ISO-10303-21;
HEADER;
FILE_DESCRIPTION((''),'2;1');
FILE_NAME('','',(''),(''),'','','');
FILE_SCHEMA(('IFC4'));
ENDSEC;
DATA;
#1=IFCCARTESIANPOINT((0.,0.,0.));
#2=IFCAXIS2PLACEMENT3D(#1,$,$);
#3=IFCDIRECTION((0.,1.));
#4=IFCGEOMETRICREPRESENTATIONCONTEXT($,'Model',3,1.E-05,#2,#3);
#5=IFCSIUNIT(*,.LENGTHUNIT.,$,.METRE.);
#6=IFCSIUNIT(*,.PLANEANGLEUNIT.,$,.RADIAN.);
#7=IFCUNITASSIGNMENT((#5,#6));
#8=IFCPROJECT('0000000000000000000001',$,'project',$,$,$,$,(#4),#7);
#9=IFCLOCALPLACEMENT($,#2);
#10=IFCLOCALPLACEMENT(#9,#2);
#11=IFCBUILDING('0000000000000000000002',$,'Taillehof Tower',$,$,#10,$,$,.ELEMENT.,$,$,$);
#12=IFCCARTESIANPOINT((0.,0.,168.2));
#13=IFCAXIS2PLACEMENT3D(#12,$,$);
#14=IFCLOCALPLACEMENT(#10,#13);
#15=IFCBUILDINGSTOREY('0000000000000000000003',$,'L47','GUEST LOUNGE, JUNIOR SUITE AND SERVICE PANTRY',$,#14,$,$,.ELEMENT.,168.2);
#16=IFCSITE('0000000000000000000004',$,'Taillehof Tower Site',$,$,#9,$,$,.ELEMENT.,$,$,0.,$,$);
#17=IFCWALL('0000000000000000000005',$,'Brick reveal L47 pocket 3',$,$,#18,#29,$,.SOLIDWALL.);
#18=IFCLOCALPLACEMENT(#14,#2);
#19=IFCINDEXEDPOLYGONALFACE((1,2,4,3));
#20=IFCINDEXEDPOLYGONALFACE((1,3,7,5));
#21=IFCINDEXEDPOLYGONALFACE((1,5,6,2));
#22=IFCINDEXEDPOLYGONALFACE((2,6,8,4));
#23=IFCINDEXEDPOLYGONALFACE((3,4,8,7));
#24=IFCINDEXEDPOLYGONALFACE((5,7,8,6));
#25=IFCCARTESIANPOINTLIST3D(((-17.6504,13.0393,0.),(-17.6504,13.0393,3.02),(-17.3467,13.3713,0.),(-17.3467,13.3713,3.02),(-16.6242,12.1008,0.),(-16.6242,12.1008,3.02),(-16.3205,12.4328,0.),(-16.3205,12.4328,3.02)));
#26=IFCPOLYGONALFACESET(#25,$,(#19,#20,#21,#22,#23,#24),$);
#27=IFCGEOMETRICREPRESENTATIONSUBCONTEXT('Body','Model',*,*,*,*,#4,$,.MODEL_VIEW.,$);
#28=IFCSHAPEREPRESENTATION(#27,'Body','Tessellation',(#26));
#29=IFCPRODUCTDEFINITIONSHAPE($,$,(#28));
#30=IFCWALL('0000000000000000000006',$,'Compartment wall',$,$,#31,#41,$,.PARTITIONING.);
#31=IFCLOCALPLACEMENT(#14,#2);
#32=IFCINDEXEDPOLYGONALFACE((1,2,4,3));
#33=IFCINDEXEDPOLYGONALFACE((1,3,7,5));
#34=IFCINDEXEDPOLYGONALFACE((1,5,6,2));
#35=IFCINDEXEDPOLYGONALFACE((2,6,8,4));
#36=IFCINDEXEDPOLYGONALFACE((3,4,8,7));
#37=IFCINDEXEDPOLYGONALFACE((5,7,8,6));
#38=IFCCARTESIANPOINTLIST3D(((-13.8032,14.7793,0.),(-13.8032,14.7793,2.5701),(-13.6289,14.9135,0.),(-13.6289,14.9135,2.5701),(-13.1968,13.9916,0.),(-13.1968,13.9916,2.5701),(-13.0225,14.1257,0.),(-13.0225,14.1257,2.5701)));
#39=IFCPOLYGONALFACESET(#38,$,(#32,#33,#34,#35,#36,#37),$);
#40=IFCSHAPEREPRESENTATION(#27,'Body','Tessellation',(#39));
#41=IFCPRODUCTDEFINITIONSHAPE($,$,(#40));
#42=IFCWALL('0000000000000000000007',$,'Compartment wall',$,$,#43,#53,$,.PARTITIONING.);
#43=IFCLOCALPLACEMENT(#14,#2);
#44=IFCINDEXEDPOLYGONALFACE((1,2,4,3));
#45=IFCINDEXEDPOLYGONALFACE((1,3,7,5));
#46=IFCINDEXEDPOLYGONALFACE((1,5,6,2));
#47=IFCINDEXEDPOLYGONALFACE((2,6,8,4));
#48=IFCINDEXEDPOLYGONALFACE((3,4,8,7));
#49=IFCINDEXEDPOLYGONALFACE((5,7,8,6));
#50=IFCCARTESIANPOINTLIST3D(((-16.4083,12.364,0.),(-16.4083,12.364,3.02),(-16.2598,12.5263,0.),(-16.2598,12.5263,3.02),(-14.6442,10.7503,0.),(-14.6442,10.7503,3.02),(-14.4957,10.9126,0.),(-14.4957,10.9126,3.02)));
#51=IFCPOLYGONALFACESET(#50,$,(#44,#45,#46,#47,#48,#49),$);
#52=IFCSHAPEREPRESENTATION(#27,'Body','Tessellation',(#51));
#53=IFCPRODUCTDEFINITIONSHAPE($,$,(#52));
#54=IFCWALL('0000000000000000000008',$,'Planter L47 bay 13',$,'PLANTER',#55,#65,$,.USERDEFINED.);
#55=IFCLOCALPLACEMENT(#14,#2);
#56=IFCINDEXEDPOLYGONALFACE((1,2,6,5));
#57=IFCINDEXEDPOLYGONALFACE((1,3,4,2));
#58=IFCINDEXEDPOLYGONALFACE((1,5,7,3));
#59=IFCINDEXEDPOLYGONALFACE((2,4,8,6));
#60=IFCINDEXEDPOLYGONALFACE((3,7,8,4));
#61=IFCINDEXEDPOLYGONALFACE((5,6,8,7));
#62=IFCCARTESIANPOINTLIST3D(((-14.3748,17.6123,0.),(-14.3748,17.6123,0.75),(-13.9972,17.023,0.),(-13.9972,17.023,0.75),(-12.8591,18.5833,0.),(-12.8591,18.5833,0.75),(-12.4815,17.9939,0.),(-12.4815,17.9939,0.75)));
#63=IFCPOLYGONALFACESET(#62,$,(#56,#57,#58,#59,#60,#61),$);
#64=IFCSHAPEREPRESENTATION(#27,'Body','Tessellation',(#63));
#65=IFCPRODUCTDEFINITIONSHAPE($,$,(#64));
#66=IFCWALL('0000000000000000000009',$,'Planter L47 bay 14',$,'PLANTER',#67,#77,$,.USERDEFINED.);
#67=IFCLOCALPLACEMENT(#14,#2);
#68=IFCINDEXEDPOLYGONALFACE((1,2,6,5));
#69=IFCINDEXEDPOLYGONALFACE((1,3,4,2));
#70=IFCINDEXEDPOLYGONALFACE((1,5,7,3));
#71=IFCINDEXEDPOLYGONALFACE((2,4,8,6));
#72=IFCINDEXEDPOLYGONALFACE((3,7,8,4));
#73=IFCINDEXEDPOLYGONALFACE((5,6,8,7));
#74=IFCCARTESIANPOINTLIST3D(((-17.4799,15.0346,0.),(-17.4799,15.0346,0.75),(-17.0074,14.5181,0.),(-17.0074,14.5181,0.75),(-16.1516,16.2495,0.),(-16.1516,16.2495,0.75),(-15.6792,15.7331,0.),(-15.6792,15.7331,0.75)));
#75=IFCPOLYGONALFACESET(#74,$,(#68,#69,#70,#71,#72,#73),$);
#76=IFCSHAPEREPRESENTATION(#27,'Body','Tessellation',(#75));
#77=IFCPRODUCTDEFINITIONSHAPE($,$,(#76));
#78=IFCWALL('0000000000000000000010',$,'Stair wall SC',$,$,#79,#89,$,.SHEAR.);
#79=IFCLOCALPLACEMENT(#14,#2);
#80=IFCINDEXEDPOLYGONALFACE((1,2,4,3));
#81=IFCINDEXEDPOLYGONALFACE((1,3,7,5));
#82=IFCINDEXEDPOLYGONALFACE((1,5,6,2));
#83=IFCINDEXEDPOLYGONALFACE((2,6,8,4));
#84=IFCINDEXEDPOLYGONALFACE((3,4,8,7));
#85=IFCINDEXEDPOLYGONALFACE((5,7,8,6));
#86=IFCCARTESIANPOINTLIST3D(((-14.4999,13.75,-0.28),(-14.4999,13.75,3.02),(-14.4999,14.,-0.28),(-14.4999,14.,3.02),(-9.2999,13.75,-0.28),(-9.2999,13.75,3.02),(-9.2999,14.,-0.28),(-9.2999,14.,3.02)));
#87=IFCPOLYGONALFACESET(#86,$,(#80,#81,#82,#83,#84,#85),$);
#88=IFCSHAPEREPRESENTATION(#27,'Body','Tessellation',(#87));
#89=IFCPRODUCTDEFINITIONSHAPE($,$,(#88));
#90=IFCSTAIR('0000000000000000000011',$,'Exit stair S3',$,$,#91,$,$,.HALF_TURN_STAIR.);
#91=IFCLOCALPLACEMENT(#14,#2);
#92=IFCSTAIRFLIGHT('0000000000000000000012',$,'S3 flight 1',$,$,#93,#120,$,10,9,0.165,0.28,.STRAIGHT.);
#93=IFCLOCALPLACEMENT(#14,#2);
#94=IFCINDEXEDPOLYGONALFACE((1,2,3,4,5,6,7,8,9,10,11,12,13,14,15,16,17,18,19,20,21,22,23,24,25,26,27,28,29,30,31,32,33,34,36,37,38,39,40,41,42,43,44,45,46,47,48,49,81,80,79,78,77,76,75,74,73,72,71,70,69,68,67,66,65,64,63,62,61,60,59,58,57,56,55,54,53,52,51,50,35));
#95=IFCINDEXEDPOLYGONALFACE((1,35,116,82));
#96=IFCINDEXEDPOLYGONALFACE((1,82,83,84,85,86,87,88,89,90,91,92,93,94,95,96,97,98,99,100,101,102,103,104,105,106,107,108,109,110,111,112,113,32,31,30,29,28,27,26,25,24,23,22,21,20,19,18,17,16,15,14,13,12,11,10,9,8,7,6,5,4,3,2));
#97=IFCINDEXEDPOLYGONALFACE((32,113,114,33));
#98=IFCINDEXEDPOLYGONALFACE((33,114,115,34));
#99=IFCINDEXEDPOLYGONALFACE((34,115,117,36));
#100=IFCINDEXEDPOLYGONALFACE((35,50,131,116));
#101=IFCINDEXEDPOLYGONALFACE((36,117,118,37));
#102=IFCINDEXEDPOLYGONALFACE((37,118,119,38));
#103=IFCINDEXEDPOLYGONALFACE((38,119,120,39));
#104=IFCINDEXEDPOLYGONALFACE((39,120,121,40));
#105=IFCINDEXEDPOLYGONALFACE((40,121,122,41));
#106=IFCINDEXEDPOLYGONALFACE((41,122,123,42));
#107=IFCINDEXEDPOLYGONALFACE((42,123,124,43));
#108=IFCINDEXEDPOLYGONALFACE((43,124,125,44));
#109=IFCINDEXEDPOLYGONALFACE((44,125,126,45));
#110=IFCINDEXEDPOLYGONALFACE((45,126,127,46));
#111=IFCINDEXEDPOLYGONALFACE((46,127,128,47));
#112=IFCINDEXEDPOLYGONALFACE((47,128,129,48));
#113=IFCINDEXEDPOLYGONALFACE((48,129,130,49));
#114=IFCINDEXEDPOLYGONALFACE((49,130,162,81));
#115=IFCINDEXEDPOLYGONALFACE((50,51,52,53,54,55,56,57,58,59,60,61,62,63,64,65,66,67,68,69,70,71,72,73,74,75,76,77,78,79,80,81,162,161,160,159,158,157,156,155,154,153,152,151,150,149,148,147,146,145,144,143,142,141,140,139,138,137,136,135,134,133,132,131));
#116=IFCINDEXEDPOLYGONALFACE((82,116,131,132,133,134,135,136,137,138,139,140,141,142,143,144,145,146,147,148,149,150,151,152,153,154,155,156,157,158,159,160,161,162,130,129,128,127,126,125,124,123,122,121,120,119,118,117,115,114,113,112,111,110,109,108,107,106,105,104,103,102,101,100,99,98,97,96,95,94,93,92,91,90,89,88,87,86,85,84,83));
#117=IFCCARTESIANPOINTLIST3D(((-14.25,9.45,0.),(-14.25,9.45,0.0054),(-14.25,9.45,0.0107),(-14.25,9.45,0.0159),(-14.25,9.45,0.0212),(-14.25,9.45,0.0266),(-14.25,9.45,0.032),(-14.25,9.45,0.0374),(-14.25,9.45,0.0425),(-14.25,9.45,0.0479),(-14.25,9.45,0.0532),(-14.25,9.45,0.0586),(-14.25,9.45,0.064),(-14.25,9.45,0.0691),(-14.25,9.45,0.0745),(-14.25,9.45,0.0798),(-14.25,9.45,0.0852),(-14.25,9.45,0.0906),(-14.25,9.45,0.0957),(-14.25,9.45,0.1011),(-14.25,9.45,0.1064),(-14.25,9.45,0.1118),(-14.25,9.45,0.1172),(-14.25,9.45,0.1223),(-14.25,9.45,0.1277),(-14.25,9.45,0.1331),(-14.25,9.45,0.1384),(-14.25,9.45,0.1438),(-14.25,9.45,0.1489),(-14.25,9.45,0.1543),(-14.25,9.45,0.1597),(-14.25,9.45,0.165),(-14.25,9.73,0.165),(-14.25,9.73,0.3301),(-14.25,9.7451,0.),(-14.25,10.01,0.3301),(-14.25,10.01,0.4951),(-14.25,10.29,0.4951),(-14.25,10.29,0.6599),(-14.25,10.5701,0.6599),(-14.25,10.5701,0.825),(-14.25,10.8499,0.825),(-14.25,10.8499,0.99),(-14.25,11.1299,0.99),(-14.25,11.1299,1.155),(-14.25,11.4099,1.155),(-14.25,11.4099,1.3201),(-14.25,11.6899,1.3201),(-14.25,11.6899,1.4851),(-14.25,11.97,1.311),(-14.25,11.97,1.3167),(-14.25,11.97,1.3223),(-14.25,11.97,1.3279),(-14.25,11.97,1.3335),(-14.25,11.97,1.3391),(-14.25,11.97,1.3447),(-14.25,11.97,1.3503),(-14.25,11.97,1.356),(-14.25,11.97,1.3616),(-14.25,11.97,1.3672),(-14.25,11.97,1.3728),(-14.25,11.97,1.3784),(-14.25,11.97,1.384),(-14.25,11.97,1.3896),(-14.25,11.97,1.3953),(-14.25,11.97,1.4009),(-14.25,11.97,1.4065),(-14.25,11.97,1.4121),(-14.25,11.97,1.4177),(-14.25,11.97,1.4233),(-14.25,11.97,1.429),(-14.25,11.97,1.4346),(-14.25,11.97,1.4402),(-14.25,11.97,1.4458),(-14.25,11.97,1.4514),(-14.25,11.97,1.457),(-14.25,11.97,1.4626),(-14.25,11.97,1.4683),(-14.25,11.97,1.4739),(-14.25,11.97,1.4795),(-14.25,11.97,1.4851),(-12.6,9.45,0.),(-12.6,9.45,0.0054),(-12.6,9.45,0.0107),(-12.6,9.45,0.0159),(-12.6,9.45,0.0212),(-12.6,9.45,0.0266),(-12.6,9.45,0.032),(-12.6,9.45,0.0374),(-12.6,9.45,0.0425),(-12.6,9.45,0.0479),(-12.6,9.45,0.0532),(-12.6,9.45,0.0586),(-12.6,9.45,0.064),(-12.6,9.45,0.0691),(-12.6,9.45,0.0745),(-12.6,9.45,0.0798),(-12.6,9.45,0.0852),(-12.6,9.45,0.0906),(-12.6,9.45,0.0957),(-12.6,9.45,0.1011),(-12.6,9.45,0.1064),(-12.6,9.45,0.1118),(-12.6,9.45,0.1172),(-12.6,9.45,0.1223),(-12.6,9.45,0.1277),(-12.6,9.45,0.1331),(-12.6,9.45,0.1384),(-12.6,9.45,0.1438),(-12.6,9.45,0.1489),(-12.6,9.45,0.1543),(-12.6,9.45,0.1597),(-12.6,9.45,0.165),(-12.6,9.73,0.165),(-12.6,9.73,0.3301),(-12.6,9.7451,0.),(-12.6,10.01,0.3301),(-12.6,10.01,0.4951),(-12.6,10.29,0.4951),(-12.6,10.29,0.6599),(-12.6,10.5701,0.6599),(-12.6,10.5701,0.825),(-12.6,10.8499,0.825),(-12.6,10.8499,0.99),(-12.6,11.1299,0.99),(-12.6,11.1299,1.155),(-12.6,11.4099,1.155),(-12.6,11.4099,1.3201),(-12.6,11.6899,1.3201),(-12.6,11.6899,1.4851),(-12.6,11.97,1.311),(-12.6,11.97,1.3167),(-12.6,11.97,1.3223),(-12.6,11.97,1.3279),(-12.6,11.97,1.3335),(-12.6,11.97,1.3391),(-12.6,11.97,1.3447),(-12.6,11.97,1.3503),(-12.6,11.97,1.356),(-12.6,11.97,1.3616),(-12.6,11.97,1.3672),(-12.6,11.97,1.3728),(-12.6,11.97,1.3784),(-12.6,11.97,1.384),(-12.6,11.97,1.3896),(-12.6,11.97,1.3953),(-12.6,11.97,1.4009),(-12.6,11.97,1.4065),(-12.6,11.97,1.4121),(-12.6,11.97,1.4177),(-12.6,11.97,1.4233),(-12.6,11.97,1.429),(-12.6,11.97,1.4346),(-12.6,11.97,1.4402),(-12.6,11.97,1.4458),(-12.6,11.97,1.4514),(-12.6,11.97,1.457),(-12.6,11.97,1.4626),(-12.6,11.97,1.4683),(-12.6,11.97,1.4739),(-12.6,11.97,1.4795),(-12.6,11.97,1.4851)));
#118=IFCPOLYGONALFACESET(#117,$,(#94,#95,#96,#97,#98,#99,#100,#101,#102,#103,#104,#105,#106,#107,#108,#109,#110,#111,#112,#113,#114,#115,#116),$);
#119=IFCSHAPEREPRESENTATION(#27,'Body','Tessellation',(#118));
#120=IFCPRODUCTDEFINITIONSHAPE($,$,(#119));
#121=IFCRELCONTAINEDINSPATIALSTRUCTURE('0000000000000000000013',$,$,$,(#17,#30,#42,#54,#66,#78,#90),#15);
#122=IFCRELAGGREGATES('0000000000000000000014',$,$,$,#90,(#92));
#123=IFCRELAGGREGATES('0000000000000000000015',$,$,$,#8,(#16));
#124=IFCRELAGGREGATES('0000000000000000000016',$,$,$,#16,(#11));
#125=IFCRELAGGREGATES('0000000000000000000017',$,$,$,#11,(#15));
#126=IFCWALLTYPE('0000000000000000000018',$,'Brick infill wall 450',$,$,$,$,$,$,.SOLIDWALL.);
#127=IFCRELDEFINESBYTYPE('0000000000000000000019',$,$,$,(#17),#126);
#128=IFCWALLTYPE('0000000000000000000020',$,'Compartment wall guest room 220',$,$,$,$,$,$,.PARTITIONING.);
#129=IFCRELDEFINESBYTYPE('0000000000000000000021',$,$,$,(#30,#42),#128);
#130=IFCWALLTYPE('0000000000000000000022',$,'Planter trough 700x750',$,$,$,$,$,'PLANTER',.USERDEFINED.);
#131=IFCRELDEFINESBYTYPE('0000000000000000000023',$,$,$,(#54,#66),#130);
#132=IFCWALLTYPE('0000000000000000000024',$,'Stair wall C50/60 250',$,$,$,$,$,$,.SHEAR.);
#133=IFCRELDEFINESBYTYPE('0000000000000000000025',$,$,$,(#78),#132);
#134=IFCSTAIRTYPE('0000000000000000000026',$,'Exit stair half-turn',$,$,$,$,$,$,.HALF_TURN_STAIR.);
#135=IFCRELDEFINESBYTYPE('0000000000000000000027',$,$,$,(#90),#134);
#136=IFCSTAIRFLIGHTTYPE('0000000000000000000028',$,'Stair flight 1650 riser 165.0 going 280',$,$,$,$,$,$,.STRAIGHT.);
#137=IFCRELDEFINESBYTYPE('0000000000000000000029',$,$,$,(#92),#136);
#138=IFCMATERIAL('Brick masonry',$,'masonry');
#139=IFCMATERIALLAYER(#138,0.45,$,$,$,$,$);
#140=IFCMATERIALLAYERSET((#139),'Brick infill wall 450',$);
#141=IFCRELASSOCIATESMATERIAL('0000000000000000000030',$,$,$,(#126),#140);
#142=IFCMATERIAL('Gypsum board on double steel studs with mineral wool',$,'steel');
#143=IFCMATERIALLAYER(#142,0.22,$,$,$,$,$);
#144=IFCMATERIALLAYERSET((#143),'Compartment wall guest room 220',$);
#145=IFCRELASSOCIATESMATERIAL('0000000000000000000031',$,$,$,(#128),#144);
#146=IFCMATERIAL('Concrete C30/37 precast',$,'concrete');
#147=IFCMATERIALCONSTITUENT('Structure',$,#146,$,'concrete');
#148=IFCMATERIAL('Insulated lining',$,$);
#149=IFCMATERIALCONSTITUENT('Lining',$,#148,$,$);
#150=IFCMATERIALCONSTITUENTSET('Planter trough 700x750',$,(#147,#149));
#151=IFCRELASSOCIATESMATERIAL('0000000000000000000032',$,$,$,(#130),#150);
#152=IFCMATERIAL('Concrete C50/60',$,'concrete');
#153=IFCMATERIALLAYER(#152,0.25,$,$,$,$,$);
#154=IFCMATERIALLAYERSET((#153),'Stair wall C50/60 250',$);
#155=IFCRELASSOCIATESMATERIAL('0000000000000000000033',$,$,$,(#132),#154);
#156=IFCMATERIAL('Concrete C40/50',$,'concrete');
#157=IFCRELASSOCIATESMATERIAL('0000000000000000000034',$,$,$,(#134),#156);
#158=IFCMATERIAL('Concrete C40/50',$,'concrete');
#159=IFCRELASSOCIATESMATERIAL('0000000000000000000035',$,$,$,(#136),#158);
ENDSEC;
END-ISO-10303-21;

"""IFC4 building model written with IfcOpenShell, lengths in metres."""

from ifc_helpers import new_model, si_unit, direction, frame, frame_2d, origin, place, context, subcontext, project, spatial, polyline, rectangle, outline, extrude, material, layer, layer_set, constituent, constituent_set, type_object, element, aggregate, save


model = new_model("IFC4")

# Units and contexts
model_context = context("Model", 3, precision=1e-05, world=origin(), true_north=direction((0.0, 1.0)))
body_context = subcontext(model_context, "Body", "Model", "MODEL_VIEW")
ifc_project = project(units=[si_unit("LENGTHUNIT", "METRE"), si_unit("PLANEANGLEUNIT", "RADIAN")], contexts=[model_context])

# Site, building, storey
site_placement = place(None, origin())
site = spatial("IfcSite", under=ifc_project, at=site_placement, Name="Taillehof Tower Site", CompositionType="ELEMENT", RefElevation=0.0)
building_placement = place(site_placement, origin())
building = spatial("IfcBuilding", under=site, at=building_placement, Name="Taillehof Tower", CompositionType="ELEMENT")
storey_placement = place(building_placement, frame((0.0, 0.0, 168.2)))
storey = spatial("IfcBuildingStorey", under=building, at=storey_placement, Name="L47", Description="GUEST LOUNGE, JUNIOR SUITE AND SERVICE PANTRY", CompositionType="ELEMENT", Elevation=168.2)

# Shared definitions
ifc_material_1 = material(Name="Brick masonry", Category="masonry")
ifc_layer_1 = layer(ifc_material_1, 0.45)
ifc_layer_set_1 = layer_set([ifc_layer_1], Name="Brick infill wall 450")
wall_type_1 = type_object("IfcWallType", Name="Brick infill wall 450", PredefinedType="SOLIDWALL", material=ifc_layer_set_1)

# Wall
wall_1_placement = place(storey_placement, frame((-17.4985, 13.2053, 0.0), z_axis=(0.0, 0.0, 1.0), x_axis=(0.737919, -0.674889, 0.0)))
element("IfcWall", 1, at=wall_1_placement, inside=storey, type_object=wall_type_1, Name="Brick reveal L47 pocket 3", PredefinedType="SOLIDWALL", context=body_context, shape_type="SweptSolid", body=[
    extrude(rectangle(XDim=1.3906, YDim=0.45, at=frame_2d((0.6953, 0.0))), origin(), (0.0, 0.0, 1.0), 3.02),
])

# Walls
ifc_material_2 = material(Name="Gypsum board on double steel studs with mineral wool", Category="steel")
ifc_layer_2 = layer(ifc_material_2, 0.22)
ifc_layer_set_2 = layer_set([ifc_layer_2], Name="Compartment wall guest room 220")
wall_type_2 = type_object("IfcWallType", Name="Compartment wall guest room 220", PredefinedType="PARTITIONING", material=ifc_layer_set_2)
wall_2_placement = place(storey_placement, frame((-13.7161, 14.8464, 0.0), z_axis=(0.0, 0.0, 1.0), x_axis=(0.609972, -0.792423, 0.0)))
element("IfcWall", 2, at=wall_2_placement, inside=storey, type_object=wall_type_2, Name="Compartment wall", PredefinedType="PARTITIONING", context=body_context, shape_type="SweptSolid", body=[
    extrude(rectangle(XDim=0.9941, YDim=0.22, at=frame_2d((0.4971, 0.0))), origin(), (0.0, 0.0, 1.0), 2.5701),
])
wall_3_placement = place(storey_placement, frame((-16.334, 12.4451, 0.0), z_axis=(0.0, 0.0, 1.0), x_axis=(0.737857, -0.674957, 0.0)))
element("IfcWall", 3, at=wall_3_placement, inside=storey, type_object=wall_type_2, Name="Compartment wall", PredefinedType="PARTITIONING", context=body_context, shape_type="SweptSolid", body=[
    extrude(rectangle(XDim=2.3909, YDim=0.22, at=frame_2d((1.1953, 0.0))), origin(), (0.0, 0.0, 1.0), 3.02),
])
ifc_material_3 = material(Name="Concrete C30/37 precast", Category="concrete")
ifc_constituent_1 = constituent(ifc_material_3, Name="Structure", Category="concrete")
ifc_material_4 = material(Name="Insulated lining")
ifc_constituent_2 = constituent(ifc_material_4, Name="Lining")
ifc_constituent_set = constituent_set(constituents=[ifc_constituent_1, ifc_constituent_2], Name="Planter trough 700x750")
wall_type_3 = type_object("IfcWallType", Name="Planter trough 700x750", ElementType="PLANTER", PredefinedType="USERDEFINED", material=ifc_constituent_set)
for number, where, z_axis, x_axis, name in (
    (4, (-12.6704, 18.2886, 0.0), (0.0, 0.0, 1.0), (-0.842032, -0.539427, 0.0), "Planter L47 bay 13"),
    (5, (-15.9155, 15.9912, 0.0), (0.0, 0.0, 1.0), (-0.737874, -0.674938, 0.0), "Planter L47 bay 14"),
):
    element("IfcWall", number, at=place(storey_placement, frame(where, z_axis=z_axis, x_axis=x_axis)), inside=storey, type_object=wall_type_3, Name=name, ObjectType="PLANTER", PredefinedType="USERDEFINED", context=body_context, shape_type="SweptSolid", body=[
        extrude(rectangle(XDim=1.8, YDim=0.7, at=frame_2d((0.8999, 0.0))), origin(), (0.0, 0.0, 1.0), 0.75),
    ])
ifc_material_5 = material(Name="Concrete C50/60", Category="concrete")
ifc_layer_3 = layer(ifc_material_5, 0.25)
ifc_layer_set_3 = layer_set([ifc_layer_3], Name="Stair wall C50/60 250")
wall_type_4 = type_object("IfcWallType", Name="Stair wall C50/60 250", PredefinedType="SHEAR", material=ifc_layer_set_3)
wall_4_placement = place(storey_placement, frame((-14.5, 13.875, -0.28), z_axis=(0.0, 0.0, 1.0), x_axis=(1.0, 0.0, 0.0)))
element("IfcWall", 6, at=wall_4_placement, inside=storey, type_object=wall_type_4, Name="Stair wall SC", PredefinedType="SHEAR", context=body_context, shape_type="SweptSolid", body=[
    extrude(rectangle(XDim=5.2, YDim=0.25, at=frame_2d((2.6001, 0.0))), origin(), (0.0, 0.0, 1.0), 3.3),
])

# Stair, stair flight
ifc_material_6 = material(Name="Concrete C40/50", Category="concrete")
stair_type = type_object("IfcStairType", Name="Exit stair half-turn", PredefinedType="HALF_TURN_STAIR", material=ifc_material_6)
stair_placement = place(storey_placement, origin())
stair = element("IfcStair", 7, at=stair_placement, inside=storey, type_object=stair_type, Name="Exit stair S3", PredefinedType="HALF_TURN_STAIR")
ifc_material_7 = material(Name="Concrete C40/50", Category="concrete")
stair_flight_type = type_object("IfcStairFlightType", Name="Stair flight 1650 riser 165.0 going 280", PredefinedType="STRAIGHT", material=ifc_material_7)
stair_flight_placement = place(storey_placement, frame((-13.425, 9.45, 0.0), z_axis=(0.0, 0.0, 1.0), x_axis=(0.0, 1.0, 0.0)))
stair_flight = element("IfcStairFlight", 8, at=stair_flight_placement, type_object=stair_flight_type, Name="S3 flight 1", NumberOfRisers=10, NumberOfTreads=9, PredefinedType="STRAIGHT", RiserHeight=0.165, TreadLength=0.28, context=body_context, shape_type="SweptSolid", body=[
    extrude(outline(polyline([(0.0, 0.0), (0.0, 0.0054), (0.0, 0.0107), (0.0, 0.0159), (0.0, 0.0212), (0.0, 0.0266), (0.0, 0.032), (0.0, 0.0374), (0.0, 0.0425), (0.0, 0.0479), (0.0, 0.0532), (0.0, 0.0586), (0.0, 0.064), (0.0, 0.0691), (0.0, 0.0745), (0.0, 0.0798), (0.0, 0.0852), (0.0, 0.0906), (0.0, 0.0957), (0.0, 0.1011), (0.0, 0.1064), (0.0, 0.1118), (0.0, 0.1172), (0.0, 0.1223), (0.0, 0.1277), (0.0, 0.1331), (0.0, 0.1384), (0.0, 0.1438), (0.0, 0.1489), (0.0, 0.1543), (0.0, 0.1597), (0.0, 0.165), (0.28, 0.165), (0.28, 0.3301), (0.5601, 0.3301), (0.5601, 0.4951), (0.8401, 0.4951), (0.8401, 0.6599), (1.1201, 0.6599), (1.1201, 0.825), (1.3999, 0.825), (1.3999, 0.99), (1.6799, 0.99), (1.6799, 1.155), (1.96, 1.155), (1.96, 1.3201), (2.24, 1.3201), (2.24, 1.4851), (2.52, 1.4851), (2.52, 1.4795), (2.52, 1.4739), (2.52, 1.4683), (2.52, 1.4626), (2.52, 1.457), (2.52, 1.4514), (2.52, 1.4458), (2.52, 1.4402), (2.52, 1.4346), (2.52, 1.429), (2.52, 1.4233), (2.52, 1.4177), (2.52, 1.4121), (2.52, 1.4065), (2.52, 1.4009), (2.52, 1.3953), (2.52, 1.3896), (2.52, 1.384), (2.52, 1.3784), (2.52, 1.3728), (2.52, 1.3672), (2.52, 1.3616), (2.52, 1.356), (2.52, 1.3503), (2.52, 1.3447), (2.52, 1.3391), (2.52, 1.3335), (2.52, 1.3279), (2.52, 1.3223), (2.52, 1.3167), (2.52, 1.311), (0.2952, 0.0), (0.0, 0.0)])), frame((0.0, 0.825, 0.0), z_axis=(0.0, -1.0, 0.0), x_axis=(1.0, 0.0, 0.0)), (0.0, 0.0, 1.0), 1.65),
])
aggregate(stair, [stair_flight])

save(model, "model.ifc")
